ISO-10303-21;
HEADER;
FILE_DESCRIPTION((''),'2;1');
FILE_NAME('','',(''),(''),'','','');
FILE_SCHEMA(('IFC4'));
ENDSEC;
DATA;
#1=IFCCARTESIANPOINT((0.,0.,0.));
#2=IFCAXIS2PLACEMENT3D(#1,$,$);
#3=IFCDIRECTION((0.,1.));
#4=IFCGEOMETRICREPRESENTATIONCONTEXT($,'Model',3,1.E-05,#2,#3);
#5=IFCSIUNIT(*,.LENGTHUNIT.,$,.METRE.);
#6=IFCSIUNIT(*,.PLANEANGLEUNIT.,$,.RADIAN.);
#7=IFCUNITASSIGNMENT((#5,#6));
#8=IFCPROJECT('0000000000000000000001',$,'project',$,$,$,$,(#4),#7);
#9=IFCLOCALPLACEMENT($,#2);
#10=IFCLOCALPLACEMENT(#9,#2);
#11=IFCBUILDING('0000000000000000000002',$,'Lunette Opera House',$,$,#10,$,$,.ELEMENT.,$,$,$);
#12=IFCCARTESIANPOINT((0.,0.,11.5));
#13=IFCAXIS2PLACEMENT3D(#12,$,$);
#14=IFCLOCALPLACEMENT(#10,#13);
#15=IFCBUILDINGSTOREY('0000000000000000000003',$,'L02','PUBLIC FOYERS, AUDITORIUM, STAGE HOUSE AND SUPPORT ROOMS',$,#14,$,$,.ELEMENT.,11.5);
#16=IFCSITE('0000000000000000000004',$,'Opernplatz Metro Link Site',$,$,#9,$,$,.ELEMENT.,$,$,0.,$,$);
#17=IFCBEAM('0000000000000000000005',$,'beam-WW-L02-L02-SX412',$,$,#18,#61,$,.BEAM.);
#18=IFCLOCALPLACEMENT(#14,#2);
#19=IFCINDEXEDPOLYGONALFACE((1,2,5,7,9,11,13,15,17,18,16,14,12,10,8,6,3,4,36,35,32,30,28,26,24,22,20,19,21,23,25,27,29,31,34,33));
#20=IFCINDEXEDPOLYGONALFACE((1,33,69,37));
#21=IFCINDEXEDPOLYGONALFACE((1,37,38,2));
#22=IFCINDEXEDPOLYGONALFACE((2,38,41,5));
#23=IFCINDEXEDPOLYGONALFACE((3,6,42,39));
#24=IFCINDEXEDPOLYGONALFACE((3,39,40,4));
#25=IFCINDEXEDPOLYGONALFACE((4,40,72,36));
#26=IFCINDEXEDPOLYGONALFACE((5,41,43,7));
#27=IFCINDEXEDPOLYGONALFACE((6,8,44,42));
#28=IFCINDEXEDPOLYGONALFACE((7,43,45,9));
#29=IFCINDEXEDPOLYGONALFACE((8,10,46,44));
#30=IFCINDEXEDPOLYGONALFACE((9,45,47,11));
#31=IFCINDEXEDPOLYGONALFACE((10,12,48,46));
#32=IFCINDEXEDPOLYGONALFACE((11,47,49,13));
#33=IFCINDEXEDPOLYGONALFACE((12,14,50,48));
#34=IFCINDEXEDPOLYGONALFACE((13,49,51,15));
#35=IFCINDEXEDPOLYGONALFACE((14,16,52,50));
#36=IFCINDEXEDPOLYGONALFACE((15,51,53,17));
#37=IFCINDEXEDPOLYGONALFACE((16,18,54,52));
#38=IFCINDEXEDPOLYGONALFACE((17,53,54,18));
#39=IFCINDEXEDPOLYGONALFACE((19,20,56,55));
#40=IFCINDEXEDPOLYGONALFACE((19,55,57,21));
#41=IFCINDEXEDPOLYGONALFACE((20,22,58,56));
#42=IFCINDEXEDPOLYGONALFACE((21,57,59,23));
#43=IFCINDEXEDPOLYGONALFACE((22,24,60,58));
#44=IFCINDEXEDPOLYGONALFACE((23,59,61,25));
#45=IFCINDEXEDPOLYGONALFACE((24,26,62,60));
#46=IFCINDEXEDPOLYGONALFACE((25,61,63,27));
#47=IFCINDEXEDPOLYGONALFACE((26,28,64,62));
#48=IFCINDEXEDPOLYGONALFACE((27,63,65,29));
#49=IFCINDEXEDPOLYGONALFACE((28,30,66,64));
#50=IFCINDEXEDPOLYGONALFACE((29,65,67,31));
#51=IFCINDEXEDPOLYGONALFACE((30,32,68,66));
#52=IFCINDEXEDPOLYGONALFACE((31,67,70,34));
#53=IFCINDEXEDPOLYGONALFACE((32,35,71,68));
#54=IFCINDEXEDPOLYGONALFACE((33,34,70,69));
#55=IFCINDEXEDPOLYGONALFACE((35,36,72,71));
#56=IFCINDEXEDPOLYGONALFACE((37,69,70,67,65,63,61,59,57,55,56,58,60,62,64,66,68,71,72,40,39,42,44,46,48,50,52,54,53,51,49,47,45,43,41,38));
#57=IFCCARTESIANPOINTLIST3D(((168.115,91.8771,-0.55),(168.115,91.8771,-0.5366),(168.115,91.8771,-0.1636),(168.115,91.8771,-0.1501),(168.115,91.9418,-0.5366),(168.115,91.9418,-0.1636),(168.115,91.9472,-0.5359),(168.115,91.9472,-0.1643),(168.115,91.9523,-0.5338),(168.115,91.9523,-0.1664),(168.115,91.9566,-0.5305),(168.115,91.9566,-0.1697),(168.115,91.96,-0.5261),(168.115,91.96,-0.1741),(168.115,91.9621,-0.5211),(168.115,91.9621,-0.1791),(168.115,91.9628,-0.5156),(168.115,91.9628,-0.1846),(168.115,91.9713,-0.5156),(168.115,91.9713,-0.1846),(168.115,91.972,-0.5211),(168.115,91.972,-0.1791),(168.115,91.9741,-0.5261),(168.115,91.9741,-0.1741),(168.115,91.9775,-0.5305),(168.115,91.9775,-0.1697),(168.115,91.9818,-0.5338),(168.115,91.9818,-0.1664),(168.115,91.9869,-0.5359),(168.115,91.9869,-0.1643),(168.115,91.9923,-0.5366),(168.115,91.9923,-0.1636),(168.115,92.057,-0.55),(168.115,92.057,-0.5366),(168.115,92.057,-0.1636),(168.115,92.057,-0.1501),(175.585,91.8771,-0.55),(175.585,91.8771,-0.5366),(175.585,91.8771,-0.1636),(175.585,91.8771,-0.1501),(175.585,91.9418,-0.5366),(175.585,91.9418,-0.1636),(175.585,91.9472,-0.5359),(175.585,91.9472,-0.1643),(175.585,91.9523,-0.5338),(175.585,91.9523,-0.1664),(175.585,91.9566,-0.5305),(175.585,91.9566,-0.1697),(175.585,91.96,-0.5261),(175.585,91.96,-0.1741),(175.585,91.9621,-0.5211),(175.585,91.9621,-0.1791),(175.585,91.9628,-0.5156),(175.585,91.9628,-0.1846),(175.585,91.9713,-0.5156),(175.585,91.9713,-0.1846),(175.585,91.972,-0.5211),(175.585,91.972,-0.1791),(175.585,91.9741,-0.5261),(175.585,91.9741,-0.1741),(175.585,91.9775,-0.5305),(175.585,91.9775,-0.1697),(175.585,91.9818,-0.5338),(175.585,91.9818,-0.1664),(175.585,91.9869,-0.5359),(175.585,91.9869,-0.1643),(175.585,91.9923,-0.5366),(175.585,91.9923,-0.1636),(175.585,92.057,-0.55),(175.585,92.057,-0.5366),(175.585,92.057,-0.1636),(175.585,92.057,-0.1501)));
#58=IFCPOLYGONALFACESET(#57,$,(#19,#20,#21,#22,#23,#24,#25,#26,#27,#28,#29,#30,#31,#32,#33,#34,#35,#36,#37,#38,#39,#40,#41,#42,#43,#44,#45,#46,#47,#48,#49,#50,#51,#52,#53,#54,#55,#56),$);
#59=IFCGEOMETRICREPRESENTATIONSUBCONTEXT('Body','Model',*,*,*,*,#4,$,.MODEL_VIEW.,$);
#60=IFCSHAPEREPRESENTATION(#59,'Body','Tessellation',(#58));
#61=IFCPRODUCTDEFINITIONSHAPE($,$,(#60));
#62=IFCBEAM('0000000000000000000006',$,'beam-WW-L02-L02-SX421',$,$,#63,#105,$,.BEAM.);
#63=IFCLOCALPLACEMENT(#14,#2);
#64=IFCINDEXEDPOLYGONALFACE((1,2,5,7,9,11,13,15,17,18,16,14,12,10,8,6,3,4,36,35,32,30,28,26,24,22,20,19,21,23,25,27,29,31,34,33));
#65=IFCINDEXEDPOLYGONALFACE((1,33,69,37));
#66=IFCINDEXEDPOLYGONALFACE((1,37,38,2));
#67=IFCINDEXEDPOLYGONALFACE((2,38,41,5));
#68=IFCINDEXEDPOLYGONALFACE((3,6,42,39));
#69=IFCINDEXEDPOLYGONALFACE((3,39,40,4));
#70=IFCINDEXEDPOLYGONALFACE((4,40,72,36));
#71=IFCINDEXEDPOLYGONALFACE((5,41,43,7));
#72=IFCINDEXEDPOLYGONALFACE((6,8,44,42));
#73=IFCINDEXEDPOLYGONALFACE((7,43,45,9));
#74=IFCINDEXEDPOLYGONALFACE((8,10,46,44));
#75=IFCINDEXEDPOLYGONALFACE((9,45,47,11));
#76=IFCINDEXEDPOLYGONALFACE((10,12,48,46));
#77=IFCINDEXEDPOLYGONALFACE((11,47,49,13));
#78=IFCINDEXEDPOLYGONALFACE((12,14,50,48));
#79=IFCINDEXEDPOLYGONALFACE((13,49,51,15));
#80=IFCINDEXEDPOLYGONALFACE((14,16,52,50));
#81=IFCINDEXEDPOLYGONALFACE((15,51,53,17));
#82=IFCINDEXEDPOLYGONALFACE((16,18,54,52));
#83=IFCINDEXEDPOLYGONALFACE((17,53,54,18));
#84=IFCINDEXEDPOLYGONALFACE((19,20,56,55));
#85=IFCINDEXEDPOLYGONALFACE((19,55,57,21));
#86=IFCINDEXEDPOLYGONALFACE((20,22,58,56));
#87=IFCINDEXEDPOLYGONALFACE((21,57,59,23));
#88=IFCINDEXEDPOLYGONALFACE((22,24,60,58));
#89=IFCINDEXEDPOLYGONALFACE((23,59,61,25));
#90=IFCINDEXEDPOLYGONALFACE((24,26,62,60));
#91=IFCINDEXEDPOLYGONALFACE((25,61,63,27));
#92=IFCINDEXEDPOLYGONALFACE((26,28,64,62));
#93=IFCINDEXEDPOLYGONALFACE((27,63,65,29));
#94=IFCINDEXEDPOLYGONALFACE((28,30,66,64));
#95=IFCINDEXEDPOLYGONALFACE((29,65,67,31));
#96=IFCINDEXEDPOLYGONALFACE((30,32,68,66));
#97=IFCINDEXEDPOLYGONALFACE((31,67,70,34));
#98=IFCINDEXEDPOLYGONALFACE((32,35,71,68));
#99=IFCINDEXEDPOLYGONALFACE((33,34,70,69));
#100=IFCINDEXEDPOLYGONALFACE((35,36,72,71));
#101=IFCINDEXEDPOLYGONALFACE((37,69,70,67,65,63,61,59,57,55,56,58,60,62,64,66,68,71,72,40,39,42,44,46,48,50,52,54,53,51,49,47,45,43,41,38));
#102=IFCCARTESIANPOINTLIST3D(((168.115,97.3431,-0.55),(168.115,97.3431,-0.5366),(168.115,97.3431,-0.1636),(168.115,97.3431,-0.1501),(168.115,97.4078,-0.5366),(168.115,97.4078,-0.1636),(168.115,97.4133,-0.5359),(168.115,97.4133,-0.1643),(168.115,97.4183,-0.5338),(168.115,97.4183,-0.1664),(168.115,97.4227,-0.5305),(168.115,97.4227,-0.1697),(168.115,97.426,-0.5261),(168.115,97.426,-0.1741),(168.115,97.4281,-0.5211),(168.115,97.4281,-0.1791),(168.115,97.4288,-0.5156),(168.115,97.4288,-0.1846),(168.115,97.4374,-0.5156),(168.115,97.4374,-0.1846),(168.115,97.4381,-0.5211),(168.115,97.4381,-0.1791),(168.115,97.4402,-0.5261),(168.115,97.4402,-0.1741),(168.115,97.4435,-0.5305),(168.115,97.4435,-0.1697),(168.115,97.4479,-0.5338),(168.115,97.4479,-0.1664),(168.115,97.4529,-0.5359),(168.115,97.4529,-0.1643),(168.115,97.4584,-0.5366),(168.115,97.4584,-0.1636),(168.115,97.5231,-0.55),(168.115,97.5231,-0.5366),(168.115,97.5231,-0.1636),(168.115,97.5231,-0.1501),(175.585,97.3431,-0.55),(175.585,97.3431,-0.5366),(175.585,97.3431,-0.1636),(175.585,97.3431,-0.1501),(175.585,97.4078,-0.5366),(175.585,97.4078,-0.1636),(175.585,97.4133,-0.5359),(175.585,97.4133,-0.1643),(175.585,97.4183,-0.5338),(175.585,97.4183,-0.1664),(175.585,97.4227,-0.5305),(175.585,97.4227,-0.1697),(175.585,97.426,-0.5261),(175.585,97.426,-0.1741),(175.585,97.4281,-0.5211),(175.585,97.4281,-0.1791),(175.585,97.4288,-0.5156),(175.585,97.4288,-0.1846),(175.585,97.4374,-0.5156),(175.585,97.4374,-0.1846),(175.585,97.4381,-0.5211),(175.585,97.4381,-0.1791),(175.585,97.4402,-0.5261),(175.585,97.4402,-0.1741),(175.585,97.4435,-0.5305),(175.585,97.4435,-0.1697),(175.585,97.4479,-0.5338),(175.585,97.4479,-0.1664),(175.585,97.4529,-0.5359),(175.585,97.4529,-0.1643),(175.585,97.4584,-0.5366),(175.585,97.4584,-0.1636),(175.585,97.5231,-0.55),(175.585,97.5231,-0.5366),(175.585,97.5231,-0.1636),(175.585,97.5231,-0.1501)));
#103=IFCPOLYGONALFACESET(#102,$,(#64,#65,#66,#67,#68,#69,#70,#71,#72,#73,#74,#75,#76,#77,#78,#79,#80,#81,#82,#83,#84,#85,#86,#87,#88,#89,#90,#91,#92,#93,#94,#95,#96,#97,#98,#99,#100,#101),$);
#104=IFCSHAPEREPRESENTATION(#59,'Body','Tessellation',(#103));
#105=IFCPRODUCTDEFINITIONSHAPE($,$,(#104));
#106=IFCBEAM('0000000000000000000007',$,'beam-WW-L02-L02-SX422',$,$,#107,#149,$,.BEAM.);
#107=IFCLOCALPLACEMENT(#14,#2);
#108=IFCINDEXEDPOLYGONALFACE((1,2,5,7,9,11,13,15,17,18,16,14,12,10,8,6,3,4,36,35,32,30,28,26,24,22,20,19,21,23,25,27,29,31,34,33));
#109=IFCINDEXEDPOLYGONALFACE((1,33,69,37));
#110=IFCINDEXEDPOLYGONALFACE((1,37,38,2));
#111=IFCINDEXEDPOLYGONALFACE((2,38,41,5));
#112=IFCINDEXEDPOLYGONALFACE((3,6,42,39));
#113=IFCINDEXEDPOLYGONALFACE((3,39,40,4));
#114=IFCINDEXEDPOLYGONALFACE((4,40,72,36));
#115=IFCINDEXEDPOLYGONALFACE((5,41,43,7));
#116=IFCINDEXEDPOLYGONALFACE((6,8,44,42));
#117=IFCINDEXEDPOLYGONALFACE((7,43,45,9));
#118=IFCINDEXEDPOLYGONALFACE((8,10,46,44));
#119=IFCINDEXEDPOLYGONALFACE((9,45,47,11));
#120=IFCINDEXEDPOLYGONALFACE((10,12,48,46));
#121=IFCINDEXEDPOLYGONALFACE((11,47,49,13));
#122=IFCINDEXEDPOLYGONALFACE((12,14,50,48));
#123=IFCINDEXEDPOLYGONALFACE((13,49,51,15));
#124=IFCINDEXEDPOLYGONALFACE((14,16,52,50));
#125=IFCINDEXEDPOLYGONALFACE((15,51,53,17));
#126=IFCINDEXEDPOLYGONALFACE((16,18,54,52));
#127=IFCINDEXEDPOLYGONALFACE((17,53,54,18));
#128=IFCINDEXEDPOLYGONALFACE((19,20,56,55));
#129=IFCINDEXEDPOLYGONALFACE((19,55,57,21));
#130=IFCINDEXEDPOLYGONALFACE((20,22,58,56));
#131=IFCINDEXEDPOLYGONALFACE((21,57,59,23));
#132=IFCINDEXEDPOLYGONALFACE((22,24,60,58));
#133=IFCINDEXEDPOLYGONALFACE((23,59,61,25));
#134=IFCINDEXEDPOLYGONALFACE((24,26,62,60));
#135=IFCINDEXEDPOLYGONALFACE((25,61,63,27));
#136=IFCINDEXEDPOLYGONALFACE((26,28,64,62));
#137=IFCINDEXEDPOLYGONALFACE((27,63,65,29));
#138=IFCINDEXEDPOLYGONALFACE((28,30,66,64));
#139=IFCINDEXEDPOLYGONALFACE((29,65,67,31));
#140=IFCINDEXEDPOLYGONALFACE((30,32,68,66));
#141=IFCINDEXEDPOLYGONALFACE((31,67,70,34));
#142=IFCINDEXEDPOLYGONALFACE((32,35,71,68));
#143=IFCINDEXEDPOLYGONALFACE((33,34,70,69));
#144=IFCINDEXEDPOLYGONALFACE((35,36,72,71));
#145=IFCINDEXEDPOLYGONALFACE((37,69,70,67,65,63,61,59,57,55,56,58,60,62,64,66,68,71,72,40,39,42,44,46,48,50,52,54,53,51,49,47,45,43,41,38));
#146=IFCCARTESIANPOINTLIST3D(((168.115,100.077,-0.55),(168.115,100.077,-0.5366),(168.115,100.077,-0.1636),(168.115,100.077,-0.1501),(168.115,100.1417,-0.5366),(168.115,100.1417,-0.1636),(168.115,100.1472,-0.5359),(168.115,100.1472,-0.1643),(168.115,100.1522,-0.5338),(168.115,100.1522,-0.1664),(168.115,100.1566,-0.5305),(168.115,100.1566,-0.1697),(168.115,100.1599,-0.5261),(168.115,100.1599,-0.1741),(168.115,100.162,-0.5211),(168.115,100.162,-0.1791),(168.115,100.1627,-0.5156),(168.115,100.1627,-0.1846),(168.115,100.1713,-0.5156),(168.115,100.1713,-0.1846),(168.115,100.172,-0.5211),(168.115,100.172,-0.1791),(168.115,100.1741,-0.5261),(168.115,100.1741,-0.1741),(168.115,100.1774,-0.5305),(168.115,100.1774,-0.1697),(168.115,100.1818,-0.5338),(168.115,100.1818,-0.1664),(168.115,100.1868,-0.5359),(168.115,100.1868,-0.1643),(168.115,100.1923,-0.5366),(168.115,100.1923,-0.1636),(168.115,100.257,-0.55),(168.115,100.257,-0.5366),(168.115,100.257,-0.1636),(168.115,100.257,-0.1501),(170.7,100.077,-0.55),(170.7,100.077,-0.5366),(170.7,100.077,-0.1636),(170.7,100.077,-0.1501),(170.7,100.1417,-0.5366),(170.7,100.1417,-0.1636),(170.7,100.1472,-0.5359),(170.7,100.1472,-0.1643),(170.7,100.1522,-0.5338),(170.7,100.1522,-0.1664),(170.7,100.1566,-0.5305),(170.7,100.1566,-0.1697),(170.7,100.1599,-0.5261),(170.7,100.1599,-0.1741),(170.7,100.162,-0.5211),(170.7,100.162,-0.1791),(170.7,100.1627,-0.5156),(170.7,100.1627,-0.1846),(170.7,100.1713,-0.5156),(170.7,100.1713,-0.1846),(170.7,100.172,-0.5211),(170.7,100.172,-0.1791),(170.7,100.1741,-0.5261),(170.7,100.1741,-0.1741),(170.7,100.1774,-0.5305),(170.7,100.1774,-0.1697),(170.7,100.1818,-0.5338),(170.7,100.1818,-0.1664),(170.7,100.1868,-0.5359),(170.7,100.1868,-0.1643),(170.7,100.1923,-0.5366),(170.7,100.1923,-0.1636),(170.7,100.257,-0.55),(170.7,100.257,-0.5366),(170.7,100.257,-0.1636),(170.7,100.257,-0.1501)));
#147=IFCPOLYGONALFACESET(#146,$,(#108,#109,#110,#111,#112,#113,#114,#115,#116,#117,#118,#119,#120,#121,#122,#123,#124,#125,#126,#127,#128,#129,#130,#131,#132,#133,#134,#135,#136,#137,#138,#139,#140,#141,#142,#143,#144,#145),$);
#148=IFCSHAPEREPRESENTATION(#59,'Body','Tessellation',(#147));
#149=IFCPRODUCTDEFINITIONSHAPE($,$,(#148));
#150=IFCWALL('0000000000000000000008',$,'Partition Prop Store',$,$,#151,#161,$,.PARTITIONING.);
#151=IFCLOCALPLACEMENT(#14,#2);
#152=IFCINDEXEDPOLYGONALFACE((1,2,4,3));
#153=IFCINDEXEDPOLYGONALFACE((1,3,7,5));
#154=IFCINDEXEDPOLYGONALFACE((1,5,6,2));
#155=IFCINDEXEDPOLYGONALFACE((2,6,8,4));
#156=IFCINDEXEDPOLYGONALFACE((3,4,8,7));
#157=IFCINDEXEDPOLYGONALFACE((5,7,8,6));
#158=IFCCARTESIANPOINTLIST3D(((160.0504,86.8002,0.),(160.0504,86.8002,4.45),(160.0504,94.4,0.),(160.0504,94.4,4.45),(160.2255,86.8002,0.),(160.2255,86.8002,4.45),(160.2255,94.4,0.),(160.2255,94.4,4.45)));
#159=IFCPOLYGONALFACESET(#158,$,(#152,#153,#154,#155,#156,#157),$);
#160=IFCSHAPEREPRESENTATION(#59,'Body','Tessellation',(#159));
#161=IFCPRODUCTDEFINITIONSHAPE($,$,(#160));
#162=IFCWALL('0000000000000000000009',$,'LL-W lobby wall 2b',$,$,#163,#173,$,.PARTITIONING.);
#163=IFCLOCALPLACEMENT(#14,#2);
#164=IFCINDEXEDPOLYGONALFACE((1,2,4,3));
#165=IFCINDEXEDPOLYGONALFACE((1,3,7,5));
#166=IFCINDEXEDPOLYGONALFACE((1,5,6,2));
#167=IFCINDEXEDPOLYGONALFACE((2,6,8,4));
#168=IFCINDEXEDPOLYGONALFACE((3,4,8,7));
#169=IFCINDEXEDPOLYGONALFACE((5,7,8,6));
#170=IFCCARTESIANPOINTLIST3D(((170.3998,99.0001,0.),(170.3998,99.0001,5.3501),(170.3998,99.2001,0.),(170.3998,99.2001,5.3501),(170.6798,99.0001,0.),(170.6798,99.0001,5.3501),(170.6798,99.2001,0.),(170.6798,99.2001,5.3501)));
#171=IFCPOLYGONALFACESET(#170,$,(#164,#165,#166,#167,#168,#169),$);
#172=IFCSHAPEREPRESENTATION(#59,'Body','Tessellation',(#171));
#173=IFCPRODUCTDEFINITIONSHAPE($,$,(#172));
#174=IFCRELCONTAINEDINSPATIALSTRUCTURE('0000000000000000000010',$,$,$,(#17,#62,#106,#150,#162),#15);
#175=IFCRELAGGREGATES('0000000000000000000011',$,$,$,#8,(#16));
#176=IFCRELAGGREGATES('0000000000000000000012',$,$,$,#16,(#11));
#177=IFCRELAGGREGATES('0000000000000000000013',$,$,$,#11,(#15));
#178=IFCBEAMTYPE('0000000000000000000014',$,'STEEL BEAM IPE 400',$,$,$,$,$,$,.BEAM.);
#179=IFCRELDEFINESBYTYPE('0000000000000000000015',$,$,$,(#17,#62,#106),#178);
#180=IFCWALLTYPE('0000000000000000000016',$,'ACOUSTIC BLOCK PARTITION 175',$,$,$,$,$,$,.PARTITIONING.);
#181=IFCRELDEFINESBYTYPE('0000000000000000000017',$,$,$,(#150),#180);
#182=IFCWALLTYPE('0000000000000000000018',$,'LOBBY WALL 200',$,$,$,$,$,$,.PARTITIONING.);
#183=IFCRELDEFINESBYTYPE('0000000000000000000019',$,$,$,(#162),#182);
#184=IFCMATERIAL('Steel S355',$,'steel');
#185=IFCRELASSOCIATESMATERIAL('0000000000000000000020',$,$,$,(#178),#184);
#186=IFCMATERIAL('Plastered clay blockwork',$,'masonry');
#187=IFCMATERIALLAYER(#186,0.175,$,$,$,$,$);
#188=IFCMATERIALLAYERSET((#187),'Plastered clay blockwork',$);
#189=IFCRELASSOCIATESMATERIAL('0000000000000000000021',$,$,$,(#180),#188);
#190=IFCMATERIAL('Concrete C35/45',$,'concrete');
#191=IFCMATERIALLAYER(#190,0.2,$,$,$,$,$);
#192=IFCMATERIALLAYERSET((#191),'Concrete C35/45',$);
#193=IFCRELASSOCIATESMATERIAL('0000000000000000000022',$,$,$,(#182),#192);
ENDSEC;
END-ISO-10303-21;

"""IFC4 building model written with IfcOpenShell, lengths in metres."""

from ifc_helpers import new_model, si_unit, direction, frame, frame_2d, origin, origin_2d, place, context, subcontext, project, spatial, rectangle, i_section, extrude, material, layer, layer_set, material_profile, profile_set, type_object, element, save


model = new_model("IFC4")

# Units and contexts
model_context = context("Model", 3, precision=1e-05, world=origin(), true_north=direction((0.0, 1.0)))
body_context = subcontext(model_context, "Body", "Model", "MODEL_VIEW")
ifc_project = project(units=[si_unit("LENGTHUNIT", "METRE"), si_unit("PLANEANGLEUNIT", "RADIAN")], contexts=[model_context])

# Site, building, storey
site_placement = place(None, origin())
site = spatial("IfcSite", under=ifc_project, at=site_placement, Name="Opernplatz Metro Link Site", CompositionType="ELEMENT", RefElevation=0.0)
building_placement = place(site_placement, origin())
building = spatial("IfcBuilding", under=site, at=building_placement, Name="Lunette Opera House", CompositionType="ELEMENT")
storey_placement = place(building_placement, frame((0.0, 0.0, 11.5)))
storey = spatial("IfcBuildingStorey", under=building, at=storey_placement, Name="L02", Description="PUBLIC FOYERS, AUDITORIUM, STAGE HOUSE AND SUPPORT ROOMS", CompositionType="ELEMENT", Elevation=11.5)

# Beams
ifc_material_1 = material(Name="Steel S355", Category="steel")
ifc_material_profile_1 = material_profile(ifc_material_1, i_section(OverallWidth=0.1799, OverallDepth=0.3999, WebThickness=0.0085, FlangeThickness=0.0134, FilletRadius=0.021, at=origin_2d()), Name="IPE 400")
ifc_profile_set_1 = profile_set([ifc_material_profile_1], Name="Steel S355")
beam_type_1 = type_object("IfcBeamType", Name="STEEL BEAM IPE 400", PredefinedType="BEAM", material=ifc_profile_set_1)
for number, where, z_axis, x_axis, name in (
    (1, (168.115, 91.967, -0.3501), (1.0, 0.0, 0.0), (0.0, 1.0, 0.0), "beam-WW-L02-L02-SX412"),
    (2, (168.115, 97.4331, -0.3501), (1.0, 0.0, 0.0), (0.0, 1.0, 0.0), "beam-WW-L02-L02-SX421"),
):
    element("IfcBeam", number, at=place(storey_placement, frame(where, z_axis=z_axis, x_axis=x_axis)), inside=storey, type_object=beam_type_1, Name=name, PredefinedType="BEAM", context=body_context, shape_type="SweptSolid", body=[
        extrude(i_section(OverallWidth=0.1799, OverallDepth=0.3999, WebThickness=0.0085, FlangeThickness=0.0134, FilletRadius=0.021, at=origin_2d()), origin(), (0.0, 0.0, 1.0), 7.47),
    ])
beam_1_placement = place(storey_placement, frame((168.115, 100.167, -0.3501), z_axis=(1.0, 0.0, 0.0), x_axis=(0.0, 1.0, 0.0)))
element("IfcBeam", 3, at=beam_1_placement, inside=storey, type_object=beam_type_1, Name="beam-WW-L02-L02-SX422", PredefinedType="BEAM", context=body_context, shape_type="SweptSolid", body=[
    extrude(i_section(OverallWidth=0.1799, OverallDepth=0.3999, WebThickness=0.0085, FlangeThickness=0.0134, FilletRadius=0.021, at=origin_2d()), origin(), (0.0, 0.0, 1.0), 2.585),
])

# Walls
ifc_material_2 = material(Name="Plastered clay blockwork", Category="masonry")
ifc_layer_1 = layer(ifc_material_2, 0.175)
ifc_layer_set_1 = layer_set([ifc_layer_1], Name="Plastered clay blockwork")
wall_type_1 = type_object("IfcWallType", Name="ACOUSTIC BLOCK PARTITION 175", PredefinedType="PARTITIONING", material=ifc_layer_set_1)
wall_1_placement = place(storey_placement, frame((160.1379, 94.3999, 0.0), z_axis=(0.0, 0.0, 1.0), x_axis=(0.0, -1.0, 0.0)))
element("IfcWall", 4, at=wall_1_placement, inside=storey, type_object=wall_type_1, Name="Partition Prop Store", PredefinedType="PARTITIONING", context=body_context, shape_type="SweptSolid", body=[
    extrude(rectangle(XDim=7.5999, YDim=0.175, at=frame_2d((3.7998, 0.0))), origin(), (0.0, 0.0, 1.0), 4.45),
])
ifc_material_3 = material(Name="Concrete C35/45", Category="concrete")
ifc_layer_2 = layer(ifc_material_3, 0.2)
ifc_layer_set_2 = layer_set([ifc_layer_2], Name="Concrete C35/45")
wall_type_2 = type_object("IfcWallType", Name="LOBBY WALL 200", PredefinedType="PARTITIONING", material=ifc_layer_set_2)
wall_2_placement = place(storey_placement, frame((170.6799, 99.1001, 0.0), z_axis=(0.0, 0.0, 1.0), x_axis=(-1.0, 0.0, 0.0)))
element("IfcWall", 5, at=wall_2_placement, inside=storey, type_object=wall_type_2, Name="LL-W lobby wall 2b", PredefinedType="PARTITIONING", context=body_context, shape_type="SweptSolid", body=[
    extrude(rectangle(XDim=0.28, YDim=0.2, at=frame_2d((0.1401, 0.0))), origin(), (0.0, 0.0, 1.0), 5.3501),
])

save(model, "model.ifc")
